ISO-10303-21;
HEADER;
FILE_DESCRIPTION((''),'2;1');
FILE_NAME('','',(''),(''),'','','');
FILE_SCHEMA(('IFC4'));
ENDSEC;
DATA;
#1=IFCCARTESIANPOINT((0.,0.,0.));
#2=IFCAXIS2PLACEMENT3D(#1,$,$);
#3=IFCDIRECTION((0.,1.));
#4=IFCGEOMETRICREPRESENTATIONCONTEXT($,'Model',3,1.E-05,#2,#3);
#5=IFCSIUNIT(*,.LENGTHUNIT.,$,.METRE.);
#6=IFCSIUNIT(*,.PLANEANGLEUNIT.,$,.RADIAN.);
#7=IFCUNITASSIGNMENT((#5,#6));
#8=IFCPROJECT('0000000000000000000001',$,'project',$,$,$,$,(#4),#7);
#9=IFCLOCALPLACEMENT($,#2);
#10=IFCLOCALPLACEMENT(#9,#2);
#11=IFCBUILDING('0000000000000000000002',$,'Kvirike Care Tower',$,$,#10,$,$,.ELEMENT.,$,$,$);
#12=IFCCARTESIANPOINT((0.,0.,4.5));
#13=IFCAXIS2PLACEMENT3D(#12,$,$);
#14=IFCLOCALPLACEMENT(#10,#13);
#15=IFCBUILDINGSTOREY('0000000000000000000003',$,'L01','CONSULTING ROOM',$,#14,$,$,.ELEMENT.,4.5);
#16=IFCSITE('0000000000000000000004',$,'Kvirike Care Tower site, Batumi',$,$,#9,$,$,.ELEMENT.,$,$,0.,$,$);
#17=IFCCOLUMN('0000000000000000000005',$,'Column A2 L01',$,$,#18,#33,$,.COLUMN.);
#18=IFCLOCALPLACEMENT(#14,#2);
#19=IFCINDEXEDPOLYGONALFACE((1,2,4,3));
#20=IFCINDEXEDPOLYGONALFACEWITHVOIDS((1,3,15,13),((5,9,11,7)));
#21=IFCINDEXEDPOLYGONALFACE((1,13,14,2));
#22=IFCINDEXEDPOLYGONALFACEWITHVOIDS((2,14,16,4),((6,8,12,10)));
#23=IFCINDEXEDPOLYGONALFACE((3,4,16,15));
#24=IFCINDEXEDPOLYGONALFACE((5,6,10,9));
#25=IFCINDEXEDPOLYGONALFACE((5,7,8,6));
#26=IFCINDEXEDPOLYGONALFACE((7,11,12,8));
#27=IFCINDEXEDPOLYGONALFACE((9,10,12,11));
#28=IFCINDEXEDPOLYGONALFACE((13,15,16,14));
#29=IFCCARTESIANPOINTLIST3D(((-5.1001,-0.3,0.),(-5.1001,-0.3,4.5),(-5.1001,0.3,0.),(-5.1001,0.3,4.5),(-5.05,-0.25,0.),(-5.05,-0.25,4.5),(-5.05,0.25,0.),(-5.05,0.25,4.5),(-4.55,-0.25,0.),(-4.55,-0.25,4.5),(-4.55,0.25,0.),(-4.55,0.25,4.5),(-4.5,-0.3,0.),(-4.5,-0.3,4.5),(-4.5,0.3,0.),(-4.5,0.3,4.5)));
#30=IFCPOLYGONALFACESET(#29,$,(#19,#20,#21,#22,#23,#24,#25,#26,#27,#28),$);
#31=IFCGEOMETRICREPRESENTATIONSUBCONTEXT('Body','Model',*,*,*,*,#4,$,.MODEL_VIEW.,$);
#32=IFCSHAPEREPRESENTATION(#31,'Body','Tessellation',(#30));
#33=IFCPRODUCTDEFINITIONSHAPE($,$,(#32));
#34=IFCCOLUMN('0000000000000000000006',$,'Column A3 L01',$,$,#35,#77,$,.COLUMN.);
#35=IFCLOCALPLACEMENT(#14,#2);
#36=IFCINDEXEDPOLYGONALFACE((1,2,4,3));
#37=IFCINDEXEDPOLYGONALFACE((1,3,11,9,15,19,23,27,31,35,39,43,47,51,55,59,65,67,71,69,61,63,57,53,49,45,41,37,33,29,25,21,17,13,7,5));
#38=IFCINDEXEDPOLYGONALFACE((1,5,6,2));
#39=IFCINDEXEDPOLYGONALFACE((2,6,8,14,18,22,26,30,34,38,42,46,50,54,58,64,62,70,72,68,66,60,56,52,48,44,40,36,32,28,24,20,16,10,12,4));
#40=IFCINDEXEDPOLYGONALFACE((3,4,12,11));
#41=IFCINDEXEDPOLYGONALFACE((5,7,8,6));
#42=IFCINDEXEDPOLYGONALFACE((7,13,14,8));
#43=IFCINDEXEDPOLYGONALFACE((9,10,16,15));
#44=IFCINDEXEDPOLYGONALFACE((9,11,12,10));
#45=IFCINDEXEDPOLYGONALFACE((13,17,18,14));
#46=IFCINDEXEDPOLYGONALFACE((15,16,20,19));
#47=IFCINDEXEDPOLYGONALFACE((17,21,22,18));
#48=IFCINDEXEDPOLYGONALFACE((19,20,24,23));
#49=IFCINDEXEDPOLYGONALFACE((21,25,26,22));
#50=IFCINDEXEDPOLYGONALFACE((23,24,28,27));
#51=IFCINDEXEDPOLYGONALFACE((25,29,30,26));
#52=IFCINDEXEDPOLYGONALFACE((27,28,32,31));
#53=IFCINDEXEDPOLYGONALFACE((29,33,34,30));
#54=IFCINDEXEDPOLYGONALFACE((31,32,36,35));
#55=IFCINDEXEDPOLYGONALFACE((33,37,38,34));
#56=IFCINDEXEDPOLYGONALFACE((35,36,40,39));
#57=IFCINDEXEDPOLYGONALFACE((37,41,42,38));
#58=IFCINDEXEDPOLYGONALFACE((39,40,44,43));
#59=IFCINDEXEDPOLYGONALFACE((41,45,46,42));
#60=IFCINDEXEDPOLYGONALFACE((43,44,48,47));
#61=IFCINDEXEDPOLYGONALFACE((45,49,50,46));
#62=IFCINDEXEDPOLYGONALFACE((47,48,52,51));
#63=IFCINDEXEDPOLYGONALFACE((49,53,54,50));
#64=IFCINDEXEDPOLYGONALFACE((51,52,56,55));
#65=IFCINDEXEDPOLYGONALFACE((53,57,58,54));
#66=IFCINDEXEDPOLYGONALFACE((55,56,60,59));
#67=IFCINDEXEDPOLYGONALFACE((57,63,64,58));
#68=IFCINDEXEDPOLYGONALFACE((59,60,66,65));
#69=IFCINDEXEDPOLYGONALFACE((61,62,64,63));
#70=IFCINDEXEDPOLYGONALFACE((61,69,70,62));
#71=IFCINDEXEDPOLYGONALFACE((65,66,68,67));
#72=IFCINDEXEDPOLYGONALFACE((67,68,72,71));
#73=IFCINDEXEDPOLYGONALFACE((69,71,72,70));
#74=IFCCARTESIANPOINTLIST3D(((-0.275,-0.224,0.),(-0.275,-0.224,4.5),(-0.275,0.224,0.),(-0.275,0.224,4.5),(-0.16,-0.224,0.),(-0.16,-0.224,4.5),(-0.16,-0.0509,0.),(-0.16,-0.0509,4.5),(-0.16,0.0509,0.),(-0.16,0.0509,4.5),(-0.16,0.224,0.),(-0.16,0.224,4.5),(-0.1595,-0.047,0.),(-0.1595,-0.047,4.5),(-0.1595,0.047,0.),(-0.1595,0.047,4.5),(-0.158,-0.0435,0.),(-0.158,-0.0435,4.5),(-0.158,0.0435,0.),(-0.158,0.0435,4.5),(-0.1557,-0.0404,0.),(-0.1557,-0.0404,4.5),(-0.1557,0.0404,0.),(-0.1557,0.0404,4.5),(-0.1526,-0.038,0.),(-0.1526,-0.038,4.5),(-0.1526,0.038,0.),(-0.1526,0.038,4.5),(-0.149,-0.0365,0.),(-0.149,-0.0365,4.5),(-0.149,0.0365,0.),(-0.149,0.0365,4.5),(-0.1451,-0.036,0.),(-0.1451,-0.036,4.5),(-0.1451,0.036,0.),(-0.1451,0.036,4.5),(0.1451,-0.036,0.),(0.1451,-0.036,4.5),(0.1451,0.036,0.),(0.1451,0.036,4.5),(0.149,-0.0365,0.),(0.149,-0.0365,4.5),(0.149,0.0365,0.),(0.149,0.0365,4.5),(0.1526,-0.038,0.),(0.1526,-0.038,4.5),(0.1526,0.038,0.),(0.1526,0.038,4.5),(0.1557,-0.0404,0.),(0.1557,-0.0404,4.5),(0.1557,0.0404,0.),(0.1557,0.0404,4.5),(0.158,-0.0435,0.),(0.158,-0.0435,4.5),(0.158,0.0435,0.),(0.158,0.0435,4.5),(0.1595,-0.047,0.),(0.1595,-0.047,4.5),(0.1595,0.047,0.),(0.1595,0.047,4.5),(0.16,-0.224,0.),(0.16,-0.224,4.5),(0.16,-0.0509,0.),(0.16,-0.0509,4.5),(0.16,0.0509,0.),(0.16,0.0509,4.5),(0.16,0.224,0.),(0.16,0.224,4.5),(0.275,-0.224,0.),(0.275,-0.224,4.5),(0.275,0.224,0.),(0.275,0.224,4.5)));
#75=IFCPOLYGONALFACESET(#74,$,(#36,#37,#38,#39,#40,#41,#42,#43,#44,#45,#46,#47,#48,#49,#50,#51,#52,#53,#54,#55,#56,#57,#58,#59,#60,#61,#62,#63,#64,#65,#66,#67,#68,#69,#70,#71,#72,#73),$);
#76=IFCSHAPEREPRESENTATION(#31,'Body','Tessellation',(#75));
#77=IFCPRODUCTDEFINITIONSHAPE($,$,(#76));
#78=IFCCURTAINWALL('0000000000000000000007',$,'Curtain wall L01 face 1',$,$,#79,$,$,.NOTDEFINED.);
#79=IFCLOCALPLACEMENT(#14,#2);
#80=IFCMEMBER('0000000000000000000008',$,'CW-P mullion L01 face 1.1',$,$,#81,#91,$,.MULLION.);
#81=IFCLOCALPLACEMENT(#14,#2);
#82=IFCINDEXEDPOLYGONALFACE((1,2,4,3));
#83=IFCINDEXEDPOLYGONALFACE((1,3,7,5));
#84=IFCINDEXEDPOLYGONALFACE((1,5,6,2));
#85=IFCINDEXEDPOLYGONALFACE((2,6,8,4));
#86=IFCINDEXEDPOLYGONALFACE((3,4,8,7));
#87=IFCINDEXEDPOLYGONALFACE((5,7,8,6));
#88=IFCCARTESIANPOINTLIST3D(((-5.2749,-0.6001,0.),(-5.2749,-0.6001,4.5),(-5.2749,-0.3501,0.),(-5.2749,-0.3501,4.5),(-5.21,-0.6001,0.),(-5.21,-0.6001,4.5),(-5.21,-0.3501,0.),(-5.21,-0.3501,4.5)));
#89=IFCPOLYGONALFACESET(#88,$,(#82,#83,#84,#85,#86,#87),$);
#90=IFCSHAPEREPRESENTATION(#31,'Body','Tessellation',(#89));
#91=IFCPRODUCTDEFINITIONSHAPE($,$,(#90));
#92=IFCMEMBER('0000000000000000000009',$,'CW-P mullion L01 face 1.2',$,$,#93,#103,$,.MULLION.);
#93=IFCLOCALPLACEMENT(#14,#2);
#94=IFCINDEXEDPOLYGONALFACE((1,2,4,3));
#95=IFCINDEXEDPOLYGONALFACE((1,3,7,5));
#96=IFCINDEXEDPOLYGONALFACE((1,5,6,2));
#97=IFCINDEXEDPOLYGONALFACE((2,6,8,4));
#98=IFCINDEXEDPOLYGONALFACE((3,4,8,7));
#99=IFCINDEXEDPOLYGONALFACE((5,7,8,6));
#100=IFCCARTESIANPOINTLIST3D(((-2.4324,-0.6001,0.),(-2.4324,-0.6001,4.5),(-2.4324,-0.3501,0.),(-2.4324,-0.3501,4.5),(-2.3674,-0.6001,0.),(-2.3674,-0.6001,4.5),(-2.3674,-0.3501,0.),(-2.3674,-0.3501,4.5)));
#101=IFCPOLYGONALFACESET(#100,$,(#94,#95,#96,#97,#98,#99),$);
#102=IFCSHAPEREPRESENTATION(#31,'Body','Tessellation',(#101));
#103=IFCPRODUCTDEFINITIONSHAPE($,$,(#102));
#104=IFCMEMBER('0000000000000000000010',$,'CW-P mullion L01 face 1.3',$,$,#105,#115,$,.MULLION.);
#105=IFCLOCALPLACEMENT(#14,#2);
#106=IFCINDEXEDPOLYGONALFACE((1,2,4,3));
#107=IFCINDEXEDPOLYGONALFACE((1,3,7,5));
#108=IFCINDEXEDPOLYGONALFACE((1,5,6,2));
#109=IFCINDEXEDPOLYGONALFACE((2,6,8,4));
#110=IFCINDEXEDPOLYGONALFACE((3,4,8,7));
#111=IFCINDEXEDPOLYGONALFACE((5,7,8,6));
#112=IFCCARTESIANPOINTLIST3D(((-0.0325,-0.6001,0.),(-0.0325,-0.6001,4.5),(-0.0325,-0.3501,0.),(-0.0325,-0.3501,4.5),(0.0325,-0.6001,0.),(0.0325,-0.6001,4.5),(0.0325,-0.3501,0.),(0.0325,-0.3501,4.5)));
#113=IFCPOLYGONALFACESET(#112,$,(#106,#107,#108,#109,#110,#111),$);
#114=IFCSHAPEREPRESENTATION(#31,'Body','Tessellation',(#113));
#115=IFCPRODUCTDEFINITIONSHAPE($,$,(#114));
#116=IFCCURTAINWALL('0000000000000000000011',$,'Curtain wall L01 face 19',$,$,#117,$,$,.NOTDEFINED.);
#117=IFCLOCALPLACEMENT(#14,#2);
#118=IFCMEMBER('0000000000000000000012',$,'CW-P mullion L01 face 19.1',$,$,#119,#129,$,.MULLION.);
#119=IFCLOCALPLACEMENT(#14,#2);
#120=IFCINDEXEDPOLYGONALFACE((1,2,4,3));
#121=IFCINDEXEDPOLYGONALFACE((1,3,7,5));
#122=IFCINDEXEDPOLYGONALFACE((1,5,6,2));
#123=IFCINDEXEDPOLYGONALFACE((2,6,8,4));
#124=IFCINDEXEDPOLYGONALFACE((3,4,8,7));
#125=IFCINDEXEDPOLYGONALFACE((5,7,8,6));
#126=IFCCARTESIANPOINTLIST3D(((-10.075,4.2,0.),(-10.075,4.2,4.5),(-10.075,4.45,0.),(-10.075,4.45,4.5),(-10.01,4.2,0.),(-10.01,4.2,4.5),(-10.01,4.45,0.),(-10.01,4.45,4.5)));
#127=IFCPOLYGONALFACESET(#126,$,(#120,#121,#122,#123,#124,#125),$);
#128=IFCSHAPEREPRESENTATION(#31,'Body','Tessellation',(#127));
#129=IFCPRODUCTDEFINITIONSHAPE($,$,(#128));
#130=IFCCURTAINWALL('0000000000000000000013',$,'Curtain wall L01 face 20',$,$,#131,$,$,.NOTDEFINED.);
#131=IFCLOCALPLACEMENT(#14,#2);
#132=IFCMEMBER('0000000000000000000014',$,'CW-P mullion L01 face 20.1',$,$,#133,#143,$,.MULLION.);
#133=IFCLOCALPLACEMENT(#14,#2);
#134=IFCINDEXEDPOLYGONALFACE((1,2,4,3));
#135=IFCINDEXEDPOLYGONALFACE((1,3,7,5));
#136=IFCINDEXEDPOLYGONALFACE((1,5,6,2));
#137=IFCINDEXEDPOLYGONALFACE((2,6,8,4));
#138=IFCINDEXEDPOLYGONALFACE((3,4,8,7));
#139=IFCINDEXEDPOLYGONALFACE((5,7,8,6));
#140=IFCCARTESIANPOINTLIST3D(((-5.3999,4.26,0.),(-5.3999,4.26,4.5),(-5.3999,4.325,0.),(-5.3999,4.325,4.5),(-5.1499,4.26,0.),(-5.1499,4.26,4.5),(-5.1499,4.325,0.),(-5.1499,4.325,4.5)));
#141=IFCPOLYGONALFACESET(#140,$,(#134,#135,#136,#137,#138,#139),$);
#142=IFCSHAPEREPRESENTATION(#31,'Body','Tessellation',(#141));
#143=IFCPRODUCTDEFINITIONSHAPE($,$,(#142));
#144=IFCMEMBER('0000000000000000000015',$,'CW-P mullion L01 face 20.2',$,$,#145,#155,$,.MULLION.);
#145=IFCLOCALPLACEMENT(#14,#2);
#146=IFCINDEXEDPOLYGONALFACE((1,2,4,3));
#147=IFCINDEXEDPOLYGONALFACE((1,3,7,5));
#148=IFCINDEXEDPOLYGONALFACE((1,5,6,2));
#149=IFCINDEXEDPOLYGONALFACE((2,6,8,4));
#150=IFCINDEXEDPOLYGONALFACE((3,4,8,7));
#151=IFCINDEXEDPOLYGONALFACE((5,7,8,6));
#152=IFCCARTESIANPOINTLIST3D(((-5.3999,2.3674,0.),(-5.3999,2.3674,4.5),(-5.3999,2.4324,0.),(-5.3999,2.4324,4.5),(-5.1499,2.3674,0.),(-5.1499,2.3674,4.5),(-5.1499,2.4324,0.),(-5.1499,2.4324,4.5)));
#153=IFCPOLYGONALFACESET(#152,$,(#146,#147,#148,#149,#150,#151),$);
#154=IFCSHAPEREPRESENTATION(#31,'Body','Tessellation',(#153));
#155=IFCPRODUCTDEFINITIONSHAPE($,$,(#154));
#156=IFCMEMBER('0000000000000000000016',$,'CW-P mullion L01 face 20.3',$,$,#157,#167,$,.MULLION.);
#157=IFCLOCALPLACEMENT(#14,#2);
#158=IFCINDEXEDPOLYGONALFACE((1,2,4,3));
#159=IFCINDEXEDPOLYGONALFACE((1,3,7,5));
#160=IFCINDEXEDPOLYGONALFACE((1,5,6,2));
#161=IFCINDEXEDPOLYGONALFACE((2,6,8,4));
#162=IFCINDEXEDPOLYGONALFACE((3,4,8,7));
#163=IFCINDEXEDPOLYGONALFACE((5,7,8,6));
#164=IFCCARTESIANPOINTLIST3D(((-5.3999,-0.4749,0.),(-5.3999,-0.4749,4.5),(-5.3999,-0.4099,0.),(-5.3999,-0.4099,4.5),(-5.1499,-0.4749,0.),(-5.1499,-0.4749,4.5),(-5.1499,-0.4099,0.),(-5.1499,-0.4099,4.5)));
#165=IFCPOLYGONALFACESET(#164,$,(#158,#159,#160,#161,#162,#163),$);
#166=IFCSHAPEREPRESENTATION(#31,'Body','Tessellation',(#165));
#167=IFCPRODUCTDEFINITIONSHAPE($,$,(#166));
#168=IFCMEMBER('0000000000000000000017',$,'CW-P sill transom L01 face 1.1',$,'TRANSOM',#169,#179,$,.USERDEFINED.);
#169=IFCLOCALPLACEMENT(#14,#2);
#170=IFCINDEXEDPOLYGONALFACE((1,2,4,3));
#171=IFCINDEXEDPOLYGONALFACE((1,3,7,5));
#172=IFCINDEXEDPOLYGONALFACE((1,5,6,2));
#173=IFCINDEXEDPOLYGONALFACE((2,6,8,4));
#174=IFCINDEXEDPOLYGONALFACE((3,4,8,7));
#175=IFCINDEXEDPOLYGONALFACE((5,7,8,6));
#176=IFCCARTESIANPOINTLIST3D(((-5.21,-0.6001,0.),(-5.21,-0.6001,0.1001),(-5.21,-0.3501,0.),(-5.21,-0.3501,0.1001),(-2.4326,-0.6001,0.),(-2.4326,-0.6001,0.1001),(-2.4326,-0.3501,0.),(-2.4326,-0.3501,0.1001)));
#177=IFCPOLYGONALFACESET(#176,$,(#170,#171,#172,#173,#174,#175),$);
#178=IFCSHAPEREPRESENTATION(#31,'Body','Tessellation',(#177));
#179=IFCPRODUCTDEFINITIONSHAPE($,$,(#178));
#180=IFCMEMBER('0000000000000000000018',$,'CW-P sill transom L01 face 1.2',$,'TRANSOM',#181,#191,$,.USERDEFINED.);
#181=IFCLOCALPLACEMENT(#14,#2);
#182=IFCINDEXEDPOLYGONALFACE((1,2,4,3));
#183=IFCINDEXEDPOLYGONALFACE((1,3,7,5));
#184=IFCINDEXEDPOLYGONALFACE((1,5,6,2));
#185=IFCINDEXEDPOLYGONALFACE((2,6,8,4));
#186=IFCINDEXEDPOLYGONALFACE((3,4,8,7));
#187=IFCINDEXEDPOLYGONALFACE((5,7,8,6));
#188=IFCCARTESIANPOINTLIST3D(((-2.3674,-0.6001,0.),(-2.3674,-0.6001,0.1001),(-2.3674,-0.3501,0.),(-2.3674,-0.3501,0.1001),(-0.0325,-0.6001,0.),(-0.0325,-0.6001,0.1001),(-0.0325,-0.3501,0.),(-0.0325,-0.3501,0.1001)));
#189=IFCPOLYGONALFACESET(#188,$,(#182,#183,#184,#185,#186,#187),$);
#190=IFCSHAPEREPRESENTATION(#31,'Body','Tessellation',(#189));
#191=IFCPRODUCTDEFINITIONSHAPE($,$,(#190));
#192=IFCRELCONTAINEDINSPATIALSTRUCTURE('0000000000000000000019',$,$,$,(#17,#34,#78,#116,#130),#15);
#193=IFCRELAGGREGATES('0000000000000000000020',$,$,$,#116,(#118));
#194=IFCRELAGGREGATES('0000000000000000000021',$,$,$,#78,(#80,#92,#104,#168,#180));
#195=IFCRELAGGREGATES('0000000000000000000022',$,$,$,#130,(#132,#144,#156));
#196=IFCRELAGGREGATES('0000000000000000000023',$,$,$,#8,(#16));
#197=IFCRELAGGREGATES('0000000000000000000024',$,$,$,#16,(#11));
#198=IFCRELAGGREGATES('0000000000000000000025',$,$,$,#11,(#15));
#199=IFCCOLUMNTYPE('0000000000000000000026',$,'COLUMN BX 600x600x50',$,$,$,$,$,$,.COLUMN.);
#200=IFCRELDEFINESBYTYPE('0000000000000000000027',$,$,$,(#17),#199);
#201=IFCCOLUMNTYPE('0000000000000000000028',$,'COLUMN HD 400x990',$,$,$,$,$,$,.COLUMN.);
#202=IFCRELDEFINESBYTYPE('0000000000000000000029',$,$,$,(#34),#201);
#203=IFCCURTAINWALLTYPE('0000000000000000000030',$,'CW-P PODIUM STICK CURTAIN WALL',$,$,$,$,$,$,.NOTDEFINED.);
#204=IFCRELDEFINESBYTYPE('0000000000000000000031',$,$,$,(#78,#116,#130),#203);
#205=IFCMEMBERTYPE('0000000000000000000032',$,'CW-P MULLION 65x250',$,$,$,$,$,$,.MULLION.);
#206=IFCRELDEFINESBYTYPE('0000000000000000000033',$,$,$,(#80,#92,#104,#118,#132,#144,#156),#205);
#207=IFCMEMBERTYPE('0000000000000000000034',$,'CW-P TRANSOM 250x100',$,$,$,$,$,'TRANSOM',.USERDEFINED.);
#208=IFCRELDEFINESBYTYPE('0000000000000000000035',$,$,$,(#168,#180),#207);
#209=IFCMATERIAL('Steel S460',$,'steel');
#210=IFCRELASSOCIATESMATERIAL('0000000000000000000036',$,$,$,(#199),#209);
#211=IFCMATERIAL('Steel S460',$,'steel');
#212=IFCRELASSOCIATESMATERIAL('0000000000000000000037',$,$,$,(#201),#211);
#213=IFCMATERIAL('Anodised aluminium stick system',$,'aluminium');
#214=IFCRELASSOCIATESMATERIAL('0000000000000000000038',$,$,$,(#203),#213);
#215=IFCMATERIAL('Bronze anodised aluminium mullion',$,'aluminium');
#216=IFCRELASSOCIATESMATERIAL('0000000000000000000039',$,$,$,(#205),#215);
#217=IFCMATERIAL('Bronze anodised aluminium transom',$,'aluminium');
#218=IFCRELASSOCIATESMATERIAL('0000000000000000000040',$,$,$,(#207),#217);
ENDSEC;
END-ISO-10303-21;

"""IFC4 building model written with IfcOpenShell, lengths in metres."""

from ifc_helpers import new_model, si_unit, direction, frame, origin, origin_2d, place, context, subcontext, project, spatial, rectangle, hollow_rectangle, i_section, extrude, material, material_profile, profile_set, type_object, element, aggregate, save


model = new_model("IFC4")

# Units and contexts
model_context = context("Model", 3, precision=1e-05, world=origin(), true_north=direction((0.0, 1.0)))
body_context = subcontext(model_context, "Body", "Model", "MODEL_VIEW")
ifc_project = project(units=[si_unit("LENGTHUNIT", "METRE"), si_unit("PLANEANGLEUNIT", "RADIAN")], contexts=[model_context])

# Site, building, storey
site_placement = place(None, origin())
site = spatial("IfcSite", under=ifc_project, at=site_placement, Name="Kvirike Care Tower site, Batumi", CompositionType="ELEMENT", RefElevation=0.0)
building_placement = place(site_placement, origin())
building = spatial("IfcBuilding", under=site, at=building_placement, Name="Kvirike Care Tower", CompositionType="ELEMENT")
storey_placement = place(building_placement, frame((0.0, 0.0, 4.5)))
storey = spatial("IfcBuildingStorey", under=building, at=storey_placement, Name="L01", Description="CONSULTING ROOM", CompositionType="ELEMENT", Elevation=4.5)

# Columns
ifc_material_1 = material(Name="Steel S460", Category="steel")
ifc_material_profile_1 = material_profile(ifc_material_1, hollow_rectangle(XDim=0.6001, YDim=0.6001, WallThickness=0.05, at=origin_2d()), Name="BX 600x600x50")
ifc_profile_set_1 = profile_set([ifc_material_profile_1], Name="Steel S460")
column_type_1 = type_object("IfcColumnType", Name="COLUMN BX 600x600x50", PredefinedType="COLUMN", material=ifc_profile_set_1)
column_1_placement = place(storey_placement, frame((-4.8, 0.0, 0.0), z_axis=(0.0, 0.0, 1.0), x_axis=(0.0, 1.0, 0.0)))
element("IfcColumn", 1, at=column_1_placement, inside=storey, type_object=column_type_1, Name="Column A2 L01", PredefinedType="COLUMN", context=body_context, shape_type="SweptSolid", body=[
    extrude(hollow_rectangle(XDim=0.6001, YDim=0.6001, WallThickness=0.05, at=origin_2d()), origin(), (0.0, 0.0, 1.0), 4.5),
])
ifc_material_2 = material(Name="Steel S460", Category="steel")
ifc_material_profile_2 = material_profile(ifc_material_2, i_section(OverallWidth=0.448, OverallDepth=0.55, WebThickness=0.072, FlangeThickness=0.115, FilletRadius=0.0149, at=origin_2d()), Name="HD 400x990")
ifc_profile_set_2 = profile_set([ifc_material_profile_2], Name="Steel S460")
column_type_2 = type_object("IfcColumnType", Name="COLUMN HD 400x990", PredefinedType="COLUMN", material=ifc_profile_set_2)
column_2_placement = place(storey_placement, frame((0.0, 0.0, 0.0), z_axis=(0.0, 0.0, 1.0), x_axis=(0.0, 1.0, 0.0)))
element("IfcColumn", 2, at=column_2_placement, inside=storey, type_object=column_type_2, Name="Column A3 L01", PredefinedType="COLUMN", context=body_context, shape_type="SweptSolid", body=[
    extrude(i_section(OverallWidth=0.448, OverallDepth=0.55, WebThickness=0.072, FlangeThickness=0.115, FilletRadius=0.0149, at=origin_2d()), origin(), (0.0, 0.0, 1.0), 4.5),
])

# Curtain wall, members
ifc_material_3 = material(Name="Anodised aluminium stick system", Category="aluminium")
curtain_wall_type = type_object("IfcCurtainWallType", Name="CW-P PODIUM STICK CURTAIN WALL", PredefinedType="NOTDEFINED", material=ifc_material_3)
curtain_wall_1_placement = place(storey_placement, origin())
curtain_wall_1 = element("IfcCurtainWall", 3, at=curtain_wall_1_placement, inside=storey, type_object=curtain_wall_type, Name="Curtain wall L01 face 1", PredefinedType="NOTDEFINED")
ifc_material_4 = material(Name="Bronze anodised aluminium mullion", Category="aluminium")
ifc_material_profile_3 = material_profile(ifc_material_4, rectangle(XDim=0.0649, YDim=0.25, at=origin_2d()), Name="CW-P MULLION 65x250")
ifc_profile_set_3 = profile_set([ifc_material_profile_3], Name="Bronze anodised aluminium mullion")
member_type_1 = type_object("IfcMemberType", Name="CW-P MULLION 65x250", PredefinedType="MULLION", material=ifc_profile_set_3)
member_1_placement = place(storey_placement, frame((-5.2424, -0.4751, 0.0), z_axis=(0.0, 0.0, 1.0), x_axis=(1.0, 0.0, 0.0)))
member_1 = element("IfcMember", 4, at=member_1_placement, type_object=member_type_1, Name="CW-P mullion L01 face 1.1", PredefinedType="MULLION", context=body_context, shape_type="SweptSolid", body=[
    extrude(rectangle(XDim=0.0649, YDim=0.25, at=origin_2d()), origin(), (0.0, 0.0, 1.0), 4.5),
])
member_2_placement = place(storey_placement, frame((-2.3999, -0.4751, 0.0), z_axis=(0.0, 0.0, 1.0), x_axis=(1.0, 0.0, 0.0)))
member_2 = element("IfcMember", 5, at=member_2_placement, type_object=member_type_1, Name="CW-P mullion L01 face 1.2", PredefinedType="MULLION", context=body_context, shape_type="SweptSolid", body=[
    extrude(rectangle(XDim=0.0649, YDim=0.25, at=origin_2d()), origin(), (0.0, 0.0, 1.0), 4.5),
])
member_3_placement = place(storey_placement, frame((0.0, -0.4751, 0.0), z_axis=(0.0, 0.0, 1.0), x_axis=(1.0, 0.0, 0.0)))
member_3 = element("IfcMember", 6, at=member_3_placement, type_object=member_type_1, Name="CW-P mullion L01 face 1.3", PredefinedType="MULLION", context=body_context, shape_type="SweptSolid", body=[
    extrude(rectangle(XDim=0.0649, YDim=0.25, at=origin_2d()), origin(), (0.0, 0.0, 1.0), 4.5),
])

# Curtain wall, member
curtain_wall_2_placement = place(storey_placement, origin())
curtain_wall_2 = element("IfcCurtainWall", 7, at=curtain_wall_2_placement, inside=storey, type_object=curtain_wall_type, Name="Curtain wall L01 face 19", PredefinedType="NOTDEFINED")
member_4_placement = place(storey_placement, frame((-10.0425, 4.325, 0.0), z_axis=(0.0, 0.0, 1.0), x_axis=(1.0, 0.0, 0.0)))
member_4 = element("IfcMember", 8, at=member_4_placement, type_object=member_type_1, Name="CW-P mullion L01 face 19.1", PredefinedType="MULLION", context=body_context, shape_type="SweptSolid", body=[
    extrude(rectangle(XDim=0.0649, YDim=0.25, at=origin_2d()), origin(), (0.0, 0.0, 1.0), 4.5),
])

# Curtain wall, members
curtain_wall_3_placement = place(storey_placement, origin())
curtain_wall_3 = element("IfcCurtainWall", 9, at=curtain_wall_3_placement, inside=storey, type_object=curtain_wall_type, Name="Curtain wall L01 face 20", PredefinedType="NOTDEFINED")
member_5_placement = place(storey_placement, frame((-5.2749, 4.2925, 0.0), z_axis=(0.0, 0.0, 1.0), x_axis=(0.0, -1.0, 0.0)))
member_5 = element("IfcMember", 10, at=member_5_placement, type_object=member_type_1, Name="CW-P mullion L01 face 20.1", PredefinedType="MULLION", context=body_context, shape_type="SweptSolid", body=[
    extrude(rectangle(XDim=0.0649, YDim=0.25, at=origin_2d()), origin(), (0.0, 0.0, 1.0), 4.5),
])
member_6_placement = place(storey_placement, frame((-5.2749, 2.3999, 0.0), z_axis=(0.0, 0.0, 1.0), x_axis=(0.0, -1.0, 0.0)))
member_6 = element("IfcMember", 11, at=member_6_placement, type_object=member_type_1, Name="CW-P mullion L01 face 20.2", PredefinedType="MULLION", context=body_context, shape_type="SweptSolid", body=[
    extrude(rectangle(XDim=0.0649, YDim=0.25, at=origin_2d()), origin(), (0.0, 0.0, 1.0), 4.5),
])
member_7_placement = place(storey_placement, frame((-5.2749, -0.4424, 0.0), z_axis=(0.0, 0.0, 1.0), x_axis=(0.0, -1.0, 0.0)))
member_7 = element("IfcMember", 12, at=member_7_placement, type_object=member_type_1, Name="CW-P mullion L01 face 20.3", PredefinedType="MULLION", context=body_context, shape_type="SweptSolid", body=[
    extrude(rectangle(XDim=0.0649, YDim=0.25, at=origin_2d()), origin(), (0.0, 0.0, 1.0), 4.5),
])

# Members
ifc_material_5 = material(Name="Bronze anodised aluminium transom", Category="aluminium")
ifc_material_profile_4 = material_profile(ifc_material_5, rectangle(XDim=0.25, YDim=0.1001, at=origin_2d()), Name="CW-P TRANSOM 250x100")
ifc_profile_set_4 = profile_set([ifc_material_profile_4], Name="Bronze anodised aluminium transom")
member_type_2 = type_object("IfcMemberType", Name="CW-P TRANSOM 250x100", ElementType="TRANSOM", PredefinedType="USERDEFINED", material=ifc_profile_set_4)
member_8_placement = place(storey_placement, frame((-5.21, -0.4751, 0.05), z_axis=(1.0, 0.0, 0.0), x_axis=(0.0, 1.0, 0.0)))
member_8 = element("IfcMember", 13, at=member_8_placement, type_object=member_type_2, Name="CW-P sill transom L01 face 1.1", ObjectType="TRANSOM", PredefinedType="USERDEFINED", context=body_context, shape_type="SweptSolid", body=[
    extrude(rectangle(XDim=0.25, YDim=0.1001, at=origin_2d()), origin(), (0.0, 0.0, 1.0), 2.7773),
])
member_9_placement = place(storey_placement, frame((-2.3674, -0.4751, 0.05), z_axis=(1.0, 0.0, 0.0), x_axis=(0.0, 1.0, 0.0)))
member_9 = element("IfcMember", 14, at=member_9_placement, type_object=member_type_2, Name="CW-P sill transom L01 face 1.2", ObjectType="TRANSOM", PredefinedType="USERDEFINED", context=body_context, shape_type="SweptSolid", body=[
    extrude(rectangle(XDim=0.25, YDim=0.1001, at=origin_2d()), origin(), (0.0, 0.0, 1.0), 2.335),
])
aggregate(curtain_wall_2, [member_4])

aggregate(curtain_wall_1, [member_1, member_2, member_3, member_8, member_9])
aggregate(curtain_wall_3, [member_5, member_6, member_7])

save(model, "model.ifc")
